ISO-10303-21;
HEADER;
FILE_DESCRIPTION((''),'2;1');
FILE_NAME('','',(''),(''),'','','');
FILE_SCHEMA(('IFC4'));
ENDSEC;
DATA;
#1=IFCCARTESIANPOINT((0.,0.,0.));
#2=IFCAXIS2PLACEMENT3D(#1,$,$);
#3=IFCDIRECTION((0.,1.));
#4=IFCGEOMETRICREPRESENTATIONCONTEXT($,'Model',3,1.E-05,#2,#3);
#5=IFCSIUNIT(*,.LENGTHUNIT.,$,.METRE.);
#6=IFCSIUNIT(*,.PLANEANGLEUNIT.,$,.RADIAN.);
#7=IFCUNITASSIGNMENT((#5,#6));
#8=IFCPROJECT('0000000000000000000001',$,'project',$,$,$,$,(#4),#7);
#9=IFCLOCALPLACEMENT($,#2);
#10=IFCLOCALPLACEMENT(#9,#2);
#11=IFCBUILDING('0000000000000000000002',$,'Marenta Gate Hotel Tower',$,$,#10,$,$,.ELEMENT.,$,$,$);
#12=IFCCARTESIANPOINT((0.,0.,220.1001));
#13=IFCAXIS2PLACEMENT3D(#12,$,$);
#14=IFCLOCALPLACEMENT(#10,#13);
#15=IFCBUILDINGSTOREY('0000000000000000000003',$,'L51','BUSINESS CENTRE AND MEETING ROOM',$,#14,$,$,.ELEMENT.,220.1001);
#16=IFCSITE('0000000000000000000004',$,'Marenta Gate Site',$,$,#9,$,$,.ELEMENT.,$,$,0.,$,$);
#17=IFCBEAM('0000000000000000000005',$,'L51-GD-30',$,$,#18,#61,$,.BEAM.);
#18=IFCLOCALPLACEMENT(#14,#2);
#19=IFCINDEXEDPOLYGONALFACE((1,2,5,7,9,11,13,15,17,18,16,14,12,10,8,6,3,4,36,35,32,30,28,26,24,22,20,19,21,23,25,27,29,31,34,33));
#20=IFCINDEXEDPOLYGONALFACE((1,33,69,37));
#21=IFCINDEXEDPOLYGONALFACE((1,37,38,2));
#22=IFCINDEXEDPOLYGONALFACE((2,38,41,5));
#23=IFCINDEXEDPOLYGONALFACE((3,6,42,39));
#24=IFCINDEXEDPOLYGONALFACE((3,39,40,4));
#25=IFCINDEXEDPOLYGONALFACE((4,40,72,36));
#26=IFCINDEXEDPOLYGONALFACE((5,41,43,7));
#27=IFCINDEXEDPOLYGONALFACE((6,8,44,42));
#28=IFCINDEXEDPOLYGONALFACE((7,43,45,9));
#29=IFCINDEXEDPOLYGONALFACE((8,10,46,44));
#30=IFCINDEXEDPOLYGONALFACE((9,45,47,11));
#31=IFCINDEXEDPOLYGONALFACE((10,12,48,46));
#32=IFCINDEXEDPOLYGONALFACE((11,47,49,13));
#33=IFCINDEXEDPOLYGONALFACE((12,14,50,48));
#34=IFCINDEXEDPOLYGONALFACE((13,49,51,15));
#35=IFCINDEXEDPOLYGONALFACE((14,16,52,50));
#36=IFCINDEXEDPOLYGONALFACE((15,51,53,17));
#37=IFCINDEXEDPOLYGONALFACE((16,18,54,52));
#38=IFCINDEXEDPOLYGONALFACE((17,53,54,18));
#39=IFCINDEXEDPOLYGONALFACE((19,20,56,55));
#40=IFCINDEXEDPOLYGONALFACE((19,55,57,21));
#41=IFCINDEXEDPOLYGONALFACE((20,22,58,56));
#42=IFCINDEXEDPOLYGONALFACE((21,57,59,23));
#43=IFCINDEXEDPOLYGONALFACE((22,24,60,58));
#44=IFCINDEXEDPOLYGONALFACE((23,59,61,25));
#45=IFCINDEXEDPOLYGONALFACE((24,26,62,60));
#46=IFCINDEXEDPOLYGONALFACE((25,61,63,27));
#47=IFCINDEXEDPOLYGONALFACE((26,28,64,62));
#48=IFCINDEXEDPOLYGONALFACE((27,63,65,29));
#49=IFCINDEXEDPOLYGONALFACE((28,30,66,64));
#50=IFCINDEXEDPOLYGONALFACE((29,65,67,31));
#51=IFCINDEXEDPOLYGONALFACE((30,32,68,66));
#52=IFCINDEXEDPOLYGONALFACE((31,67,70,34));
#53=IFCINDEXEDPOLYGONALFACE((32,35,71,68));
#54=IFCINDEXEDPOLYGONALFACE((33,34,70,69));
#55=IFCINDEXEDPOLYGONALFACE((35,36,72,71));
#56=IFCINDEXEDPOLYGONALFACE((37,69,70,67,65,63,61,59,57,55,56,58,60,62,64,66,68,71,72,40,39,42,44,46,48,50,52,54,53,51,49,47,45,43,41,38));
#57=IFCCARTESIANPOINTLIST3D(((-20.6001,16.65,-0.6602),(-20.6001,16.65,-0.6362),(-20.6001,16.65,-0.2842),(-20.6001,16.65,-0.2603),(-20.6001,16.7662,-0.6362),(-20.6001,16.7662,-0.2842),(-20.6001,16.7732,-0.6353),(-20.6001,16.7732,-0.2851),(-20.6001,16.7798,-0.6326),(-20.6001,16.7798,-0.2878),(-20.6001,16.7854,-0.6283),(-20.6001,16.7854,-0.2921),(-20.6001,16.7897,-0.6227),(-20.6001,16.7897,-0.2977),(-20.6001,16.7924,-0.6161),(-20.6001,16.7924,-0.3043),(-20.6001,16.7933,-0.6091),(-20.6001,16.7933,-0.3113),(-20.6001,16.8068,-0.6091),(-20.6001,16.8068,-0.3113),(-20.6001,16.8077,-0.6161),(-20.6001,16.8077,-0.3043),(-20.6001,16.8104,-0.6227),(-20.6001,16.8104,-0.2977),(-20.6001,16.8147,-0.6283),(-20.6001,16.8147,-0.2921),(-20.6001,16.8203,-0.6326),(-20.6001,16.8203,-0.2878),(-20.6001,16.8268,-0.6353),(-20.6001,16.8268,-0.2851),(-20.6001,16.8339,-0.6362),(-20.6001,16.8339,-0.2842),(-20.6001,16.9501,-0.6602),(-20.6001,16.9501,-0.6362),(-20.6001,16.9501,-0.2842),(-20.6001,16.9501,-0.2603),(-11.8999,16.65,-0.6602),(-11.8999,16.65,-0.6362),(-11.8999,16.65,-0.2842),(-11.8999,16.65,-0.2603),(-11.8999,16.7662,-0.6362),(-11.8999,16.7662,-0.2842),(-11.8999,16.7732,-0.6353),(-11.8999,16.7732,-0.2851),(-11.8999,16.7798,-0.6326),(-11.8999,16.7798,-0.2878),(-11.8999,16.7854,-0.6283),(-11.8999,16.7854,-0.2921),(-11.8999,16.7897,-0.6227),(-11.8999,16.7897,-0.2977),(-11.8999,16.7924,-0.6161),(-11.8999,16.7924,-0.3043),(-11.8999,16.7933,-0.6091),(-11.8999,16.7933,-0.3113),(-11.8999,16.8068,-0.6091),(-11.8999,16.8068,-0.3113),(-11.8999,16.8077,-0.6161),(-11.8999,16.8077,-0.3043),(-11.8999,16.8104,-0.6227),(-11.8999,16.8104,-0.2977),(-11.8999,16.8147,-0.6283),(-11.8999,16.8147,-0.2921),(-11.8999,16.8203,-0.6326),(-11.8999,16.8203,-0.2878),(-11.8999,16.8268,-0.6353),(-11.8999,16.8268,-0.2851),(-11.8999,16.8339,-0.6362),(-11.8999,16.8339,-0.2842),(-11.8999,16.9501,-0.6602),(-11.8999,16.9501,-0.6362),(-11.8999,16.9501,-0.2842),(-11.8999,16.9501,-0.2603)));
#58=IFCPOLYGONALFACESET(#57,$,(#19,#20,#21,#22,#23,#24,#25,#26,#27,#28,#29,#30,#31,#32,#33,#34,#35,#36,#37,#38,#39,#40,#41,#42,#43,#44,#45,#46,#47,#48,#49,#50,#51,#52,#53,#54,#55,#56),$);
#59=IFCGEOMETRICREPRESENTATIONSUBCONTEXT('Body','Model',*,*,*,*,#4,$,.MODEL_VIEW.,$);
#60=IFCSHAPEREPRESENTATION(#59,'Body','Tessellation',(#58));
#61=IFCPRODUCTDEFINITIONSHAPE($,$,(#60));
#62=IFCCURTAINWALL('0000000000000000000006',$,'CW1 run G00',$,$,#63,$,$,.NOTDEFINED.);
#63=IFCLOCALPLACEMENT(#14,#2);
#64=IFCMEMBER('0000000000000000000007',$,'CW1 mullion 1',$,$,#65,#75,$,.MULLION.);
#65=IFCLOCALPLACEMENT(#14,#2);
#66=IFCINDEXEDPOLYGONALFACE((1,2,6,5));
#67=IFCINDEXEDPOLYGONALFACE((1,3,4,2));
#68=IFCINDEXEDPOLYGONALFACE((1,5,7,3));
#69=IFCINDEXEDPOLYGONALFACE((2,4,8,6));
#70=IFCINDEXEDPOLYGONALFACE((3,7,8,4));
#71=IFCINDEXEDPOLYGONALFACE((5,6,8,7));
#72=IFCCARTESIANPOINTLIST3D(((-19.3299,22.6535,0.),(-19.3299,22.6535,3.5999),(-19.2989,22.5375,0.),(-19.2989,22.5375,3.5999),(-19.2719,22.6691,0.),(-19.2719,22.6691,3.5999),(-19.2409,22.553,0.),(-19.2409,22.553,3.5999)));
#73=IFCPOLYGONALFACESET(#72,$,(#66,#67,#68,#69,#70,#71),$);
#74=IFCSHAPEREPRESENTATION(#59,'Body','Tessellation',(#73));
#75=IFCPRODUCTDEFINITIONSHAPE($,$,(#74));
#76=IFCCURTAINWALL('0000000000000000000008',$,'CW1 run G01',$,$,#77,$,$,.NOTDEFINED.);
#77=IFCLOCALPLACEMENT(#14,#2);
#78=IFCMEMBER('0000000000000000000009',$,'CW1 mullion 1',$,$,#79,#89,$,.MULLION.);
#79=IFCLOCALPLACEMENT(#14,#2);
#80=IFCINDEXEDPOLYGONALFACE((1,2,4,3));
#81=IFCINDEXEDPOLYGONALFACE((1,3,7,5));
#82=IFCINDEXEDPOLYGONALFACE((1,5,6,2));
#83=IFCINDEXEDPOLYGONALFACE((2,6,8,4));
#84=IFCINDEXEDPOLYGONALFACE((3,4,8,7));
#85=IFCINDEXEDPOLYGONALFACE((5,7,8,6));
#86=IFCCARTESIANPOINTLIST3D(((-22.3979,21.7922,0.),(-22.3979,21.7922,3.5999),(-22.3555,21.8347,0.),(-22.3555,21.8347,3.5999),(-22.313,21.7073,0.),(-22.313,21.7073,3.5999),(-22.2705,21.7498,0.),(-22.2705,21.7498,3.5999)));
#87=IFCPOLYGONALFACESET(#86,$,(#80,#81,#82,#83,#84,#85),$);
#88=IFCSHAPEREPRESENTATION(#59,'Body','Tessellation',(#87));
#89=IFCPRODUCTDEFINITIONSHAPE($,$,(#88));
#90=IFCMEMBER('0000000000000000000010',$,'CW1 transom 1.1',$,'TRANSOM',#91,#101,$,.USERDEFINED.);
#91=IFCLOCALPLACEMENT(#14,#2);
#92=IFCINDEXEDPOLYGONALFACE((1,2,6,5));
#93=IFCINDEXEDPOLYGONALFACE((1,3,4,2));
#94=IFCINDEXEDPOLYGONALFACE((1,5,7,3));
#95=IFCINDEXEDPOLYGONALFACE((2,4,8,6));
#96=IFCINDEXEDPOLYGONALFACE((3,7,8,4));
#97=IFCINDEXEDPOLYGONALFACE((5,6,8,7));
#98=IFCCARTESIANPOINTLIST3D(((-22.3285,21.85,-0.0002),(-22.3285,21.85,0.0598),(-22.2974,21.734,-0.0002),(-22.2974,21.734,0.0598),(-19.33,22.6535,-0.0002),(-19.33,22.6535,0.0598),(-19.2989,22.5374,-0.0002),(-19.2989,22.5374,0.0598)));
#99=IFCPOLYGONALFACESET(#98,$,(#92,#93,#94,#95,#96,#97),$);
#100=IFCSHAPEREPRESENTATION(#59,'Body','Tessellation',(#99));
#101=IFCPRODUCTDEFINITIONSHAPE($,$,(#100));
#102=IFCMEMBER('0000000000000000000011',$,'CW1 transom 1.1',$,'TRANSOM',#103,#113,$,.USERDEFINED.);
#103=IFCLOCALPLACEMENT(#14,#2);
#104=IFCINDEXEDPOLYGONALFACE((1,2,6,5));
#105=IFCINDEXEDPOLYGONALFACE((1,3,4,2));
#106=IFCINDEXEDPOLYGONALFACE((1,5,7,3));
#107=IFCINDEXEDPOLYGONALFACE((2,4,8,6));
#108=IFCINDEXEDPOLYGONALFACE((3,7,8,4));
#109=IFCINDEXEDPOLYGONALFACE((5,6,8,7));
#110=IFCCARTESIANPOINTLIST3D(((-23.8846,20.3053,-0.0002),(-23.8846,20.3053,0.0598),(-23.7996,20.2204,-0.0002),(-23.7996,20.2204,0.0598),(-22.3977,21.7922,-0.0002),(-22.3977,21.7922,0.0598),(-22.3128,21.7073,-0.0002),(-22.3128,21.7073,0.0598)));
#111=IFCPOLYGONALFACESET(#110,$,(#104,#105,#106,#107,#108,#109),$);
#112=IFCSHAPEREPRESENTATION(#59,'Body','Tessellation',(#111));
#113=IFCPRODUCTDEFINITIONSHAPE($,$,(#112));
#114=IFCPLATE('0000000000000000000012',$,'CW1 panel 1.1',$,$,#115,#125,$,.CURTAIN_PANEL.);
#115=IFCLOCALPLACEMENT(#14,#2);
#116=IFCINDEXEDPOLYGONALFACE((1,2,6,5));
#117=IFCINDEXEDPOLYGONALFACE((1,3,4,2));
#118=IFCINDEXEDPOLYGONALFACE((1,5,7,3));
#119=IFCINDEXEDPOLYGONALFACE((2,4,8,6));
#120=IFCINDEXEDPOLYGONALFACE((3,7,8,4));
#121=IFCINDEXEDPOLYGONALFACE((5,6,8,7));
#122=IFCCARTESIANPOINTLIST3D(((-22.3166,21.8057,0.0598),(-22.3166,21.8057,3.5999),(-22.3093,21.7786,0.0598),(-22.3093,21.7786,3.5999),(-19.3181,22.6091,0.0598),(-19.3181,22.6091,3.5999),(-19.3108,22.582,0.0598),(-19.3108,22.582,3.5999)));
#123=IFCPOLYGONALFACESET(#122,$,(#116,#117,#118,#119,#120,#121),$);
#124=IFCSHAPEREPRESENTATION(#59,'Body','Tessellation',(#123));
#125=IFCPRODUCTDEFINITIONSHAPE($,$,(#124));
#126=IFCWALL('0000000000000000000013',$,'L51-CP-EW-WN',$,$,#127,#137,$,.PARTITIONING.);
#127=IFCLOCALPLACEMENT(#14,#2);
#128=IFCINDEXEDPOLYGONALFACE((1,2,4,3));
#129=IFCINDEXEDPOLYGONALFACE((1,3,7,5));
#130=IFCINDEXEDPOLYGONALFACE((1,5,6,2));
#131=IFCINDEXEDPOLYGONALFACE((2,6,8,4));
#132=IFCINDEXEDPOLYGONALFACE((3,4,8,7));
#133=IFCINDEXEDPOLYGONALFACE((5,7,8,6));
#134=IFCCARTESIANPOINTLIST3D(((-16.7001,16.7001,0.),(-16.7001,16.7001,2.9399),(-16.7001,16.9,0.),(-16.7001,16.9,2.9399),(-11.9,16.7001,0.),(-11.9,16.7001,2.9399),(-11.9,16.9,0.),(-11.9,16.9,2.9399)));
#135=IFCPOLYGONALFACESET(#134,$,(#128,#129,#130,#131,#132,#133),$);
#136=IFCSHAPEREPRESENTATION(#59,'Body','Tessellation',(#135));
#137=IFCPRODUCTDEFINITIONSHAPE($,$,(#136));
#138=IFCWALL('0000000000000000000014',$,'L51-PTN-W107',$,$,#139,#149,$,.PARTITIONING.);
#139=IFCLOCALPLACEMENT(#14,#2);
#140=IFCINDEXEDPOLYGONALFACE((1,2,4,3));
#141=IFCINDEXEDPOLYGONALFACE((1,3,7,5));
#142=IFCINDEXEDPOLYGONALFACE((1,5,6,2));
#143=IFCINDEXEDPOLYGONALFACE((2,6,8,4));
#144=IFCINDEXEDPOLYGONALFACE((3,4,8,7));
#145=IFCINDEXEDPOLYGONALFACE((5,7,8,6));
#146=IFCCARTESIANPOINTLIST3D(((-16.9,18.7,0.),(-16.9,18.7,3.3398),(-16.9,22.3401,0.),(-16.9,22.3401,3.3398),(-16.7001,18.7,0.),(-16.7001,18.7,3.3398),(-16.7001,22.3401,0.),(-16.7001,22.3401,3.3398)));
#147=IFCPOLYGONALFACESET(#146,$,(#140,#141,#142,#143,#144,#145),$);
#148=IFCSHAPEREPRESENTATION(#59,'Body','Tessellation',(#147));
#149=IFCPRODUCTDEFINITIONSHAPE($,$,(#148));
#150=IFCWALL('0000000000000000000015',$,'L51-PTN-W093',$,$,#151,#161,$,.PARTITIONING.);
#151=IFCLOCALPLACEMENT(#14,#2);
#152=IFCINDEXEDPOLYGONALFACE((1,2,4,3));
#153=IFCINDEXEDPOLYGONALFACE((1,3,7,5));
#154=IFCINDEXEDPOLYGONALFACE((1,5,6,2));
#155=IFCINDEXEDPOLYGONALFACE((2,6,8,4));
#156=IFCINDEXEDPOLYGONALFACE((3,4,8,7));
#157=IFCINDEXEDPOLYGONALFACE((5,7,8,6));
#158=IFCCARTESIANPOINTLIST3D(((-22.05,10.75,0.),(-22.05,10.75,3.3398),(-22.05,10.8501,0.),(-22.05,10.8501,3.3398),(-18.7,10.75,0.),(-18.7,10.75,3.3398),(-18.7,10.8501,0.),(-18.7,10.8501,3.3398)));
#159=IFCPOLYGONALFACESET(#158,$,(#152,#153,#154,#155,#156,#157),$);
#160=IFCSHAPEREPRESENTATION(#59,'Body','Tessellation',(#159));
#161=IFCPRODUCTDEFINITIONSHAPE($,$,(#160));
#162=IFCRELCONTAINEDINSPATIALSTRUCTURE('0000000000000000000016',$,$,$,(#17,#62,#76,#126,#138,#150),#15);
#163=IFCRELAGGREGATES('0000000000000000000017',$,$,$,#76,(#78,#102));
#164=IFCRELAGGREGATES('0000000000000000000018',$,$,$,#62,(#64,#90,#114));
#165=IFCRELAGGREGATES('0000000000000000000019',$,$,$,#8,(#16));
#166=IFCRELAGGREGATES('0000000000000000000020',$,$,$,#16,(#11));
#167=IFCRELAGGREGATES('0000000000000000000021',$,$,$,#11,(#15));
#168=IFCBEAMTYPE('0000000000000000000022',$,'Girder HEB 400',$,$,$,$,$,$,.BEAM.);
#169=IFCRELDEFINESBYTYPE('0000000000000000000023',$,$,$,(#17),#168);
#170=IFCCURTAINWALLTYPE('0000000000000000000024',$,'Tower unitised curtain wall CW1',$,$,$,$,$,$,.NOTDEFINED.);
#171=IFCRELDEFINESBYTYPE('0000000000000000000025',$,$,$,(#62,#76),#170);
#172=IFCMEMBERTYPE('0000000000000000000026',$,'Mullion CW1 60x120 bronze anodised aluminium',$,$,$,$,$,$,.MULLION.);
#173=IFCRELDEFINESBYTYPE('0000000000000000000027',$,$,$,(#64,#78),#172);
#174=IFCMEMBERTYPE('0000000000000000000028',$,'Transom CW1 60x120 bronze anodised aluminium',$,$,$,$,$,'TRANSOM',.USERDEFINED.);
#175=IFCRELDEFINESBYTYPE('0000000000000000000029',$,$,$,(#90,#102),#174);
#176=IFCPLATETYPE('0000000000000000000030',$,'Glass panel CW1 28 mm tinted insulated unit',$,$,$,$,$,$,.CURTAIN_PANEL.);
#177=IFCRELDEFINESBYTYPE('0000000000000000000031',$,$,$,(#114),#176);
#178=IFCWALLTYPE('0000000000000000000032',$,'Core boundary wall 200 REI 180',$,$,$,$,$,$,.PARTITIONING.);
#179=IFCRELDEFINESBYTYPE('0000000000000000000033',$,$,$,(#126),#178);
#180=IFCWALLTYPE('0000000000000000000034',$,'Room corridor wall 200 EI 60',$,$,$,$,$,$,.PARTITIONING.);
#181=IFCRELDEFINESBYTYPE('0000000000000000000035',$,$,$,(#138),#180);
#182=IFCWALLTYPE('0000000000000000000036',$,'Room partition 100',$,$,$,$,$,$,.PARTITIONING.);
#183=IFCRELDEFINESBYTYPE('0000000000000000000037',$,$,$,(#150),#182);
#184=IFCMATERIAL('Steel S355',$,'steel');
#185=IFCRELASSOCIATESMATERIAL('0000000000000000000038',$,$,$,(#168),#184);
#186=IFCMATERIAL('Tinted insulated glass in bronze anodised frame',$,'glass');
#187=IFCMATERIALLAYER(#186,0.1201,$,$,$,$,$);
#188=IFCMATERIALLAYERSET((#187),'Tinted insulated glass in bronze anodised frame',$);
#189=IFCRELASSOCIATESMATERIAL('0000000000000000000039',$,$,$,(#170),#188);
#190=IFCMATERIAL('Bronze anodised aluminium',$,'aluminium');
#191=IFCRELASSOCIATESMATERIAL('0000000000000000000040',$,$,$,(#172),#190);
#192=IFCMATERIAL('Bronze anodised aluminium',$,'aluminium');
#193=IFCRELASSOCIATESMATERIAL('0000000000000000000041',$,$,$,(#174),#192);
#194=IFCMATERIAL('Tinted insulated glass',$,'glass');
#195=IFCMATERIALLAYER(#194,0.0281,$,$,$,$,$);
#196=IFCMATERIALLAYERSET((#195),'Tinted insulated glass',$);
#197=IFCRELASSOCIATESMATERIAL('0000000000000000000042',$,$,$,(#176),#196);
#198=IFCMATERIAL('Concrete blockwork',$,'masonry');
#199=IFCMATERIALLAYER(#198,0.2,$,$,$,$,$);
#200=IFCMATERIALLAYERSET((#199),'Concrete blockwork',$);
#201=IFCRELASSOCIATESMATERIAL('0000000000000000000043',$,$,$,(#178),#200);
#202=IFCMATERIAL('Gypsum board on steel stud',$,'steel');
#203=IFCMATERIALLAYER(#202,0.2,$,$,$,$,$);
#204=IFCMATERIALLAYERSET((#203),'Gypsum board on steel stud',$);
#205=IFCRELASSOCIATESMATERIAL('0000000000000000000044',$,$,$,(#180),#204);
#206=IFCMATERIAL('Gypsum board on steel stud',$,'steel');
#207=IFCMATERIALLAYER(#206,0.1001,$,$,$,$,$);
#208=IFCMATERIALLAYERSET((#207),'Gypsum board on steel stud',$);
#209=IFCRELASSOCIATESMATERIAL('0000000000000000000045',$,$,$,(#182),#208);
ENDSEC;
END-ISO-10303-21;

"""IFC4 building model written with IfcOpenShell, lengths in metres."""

from ifc_helpers import new_model, si_unit, direction, frame, frame_2d, origin, origin_2d, place, context, subcontext, project, spatial, rectangle, i_section, extrude, material, layer, layer_set, material_profile, profile_set, type_object, element, aggregate, save


model = new_model("IFC4")

# Units and contexts
model_context = context("Model", 3, precision=1e-05, world=origin(), true_north=direction((0.0, 1.0)))
body_context = subcontext(model_context, "Body", "Model", "MODEL_VIEW")
ifc_project = project(units=[si_unit("LENGTHUNIT", "METRE"), si_unit("PLANEANGLEUNIT", "RADIAN")], contexts=[model_context])

# Site, building, storey
site_placement = place(None, origin())
site = spatial("IfcSite", under=ifc_project, at=site_placement, Name="Marenta Gate Site", CompositionType="ELEMENT", RefElevation=0.0)
building_placement = place(site_placement, origin())
building = spatial("IfcBuilding", under=site, at=building_placement, Name="Marenta Gate Hotel Tower", CompositionType="ELEMENT")
storey_placement = place(building_placement, frame((0.0, 0.0, 220.1001)))
storey = spatial("IfcBuildingStorey", under=building, at=storey_placement, Name="L51", Description="BUSINESS CENTRE AND MEETING ROOM", CompositionType="ELEMENT", Elevation=220.1001)

# Beam
ifc_material_1 = material(Name="Steel S355", Category="steel")
ifc_material_profile_1 = material_profile(ifc_material_1, i_section(OverallWidth=0.3, OverallDepth=0.3999, WebThickness=0.0134, FlangeThickness=0.0239, FilletRadius=0.0271, at=origin_2d()), Name="HEB 400")
ifc_profile_set_1 = profile_set([ifc_material_profile_1], Name="Steel S355")
beam_type_1 = type_object("IfcBeamType", Name="Girder HEB 400", PredefinedType="BEAM", material=ifc_profile_set_1)
beam_1_placement = place(storey_placement, frame((-20.6001, 16.8, -0.4602), z_axis=(1.0, 0.0, 0.0), x_axis=(0.0, 1.0, 0.0)))
element("IfcBeam", 1, at=beam_1_placement, inside=storey, type_object=beam_type_1, Name="L51-GD-30", PredefinedType="BEAM", context=body_context, shape_type="SweptSolid", body=[
    extrude(i_section(OverallWidth=0.3, OverallDepth=0.3999, WebThickness=0.0134, FlangeThickness=0.0239, FilletRadius=0.0271, at=origin_2d()), origin(), (0.0, 0.0, 1.0), 8.7002),
])

# Curtain walls, members
ifc_material_2 = material(Name="Tinted insulated glass in bronze anodised frame", Category="glass")
ifc_layer_1 = layer(ifc_material_2, 0.1201)
ifc_layer_set_1 = layer_set([ifc_layer_1], Name="Tinted insulated glass in bronze anodised frame")
curtain_wall_type = type_object("IfcCurtainWallType", Name="Tower unitised curtain wall CW1", PredefinedType="NOTDEFINED", material=ifc_layer_set_1)
curtain_wall_1_placement = place(storey_placement, origin())
curtain_wall_1 = element("IfcCurtainWall", 2, at=curtain_wall_1_placement, inside=storey, type_object=curtain_wall_type, Name="CW1 run G00", PredefinedType="NOTDEFINED")
ifc_material_3 = material(Name="Bronze anodised aluminium", Category="aluminium")
ifc_material_profile_2 = material_profile(ifc_material_3, rectangle(XDim=0.1201, YDim=0.0601, at=origin_2d()), Name="Mullion CW1 60x120 bronze anodised aluminium")
ifc_profile_set_2 = profile_set([ifc_material_profile_2], Name="Bronze anodised aluminium")
member_type_1 = type_object("IfcMemberType", Name="Mullion CW1 60x120 bronze anodised aluminium", PredefinedType="MULLION", material=ifc_profile_set_2)
member_1_placement = place(storey_placement, frame((-19.2854, 22.6033, 0.0), z_axis=(0.0, 0.0, 1.0), x_axis=(0.258801, -0.965931, 0.0)))
member_1 = element("IfcMember", 3, at=member_1_placement, type_object=member_type_1, Name="CW1 mullion 1", PredefinedType="MULLION", context=body_context, shape_type="SweptSolid", body=[
    extrude(rectangle(XDim=0.1201, YDim=0.0601, at=origin_2d()), origin(), (0.0, 0.0, 1.0), 3.5999),
])
curtain_wall_2_placement = place(storey_placement, origin())
curtain_wall_2 = element("IfcCurtainWall", 4, at=curtain_wall_2_placement, inside=storey, type_object=curtain_wall_type, Name="CW1 run G01", PredefinedType="NOTDEFINED")
member_2_placement = place(storey_placement, frame((-22.3342, 21.771, 0.0), z_axis=(0.0, 0.0, 1.0), x_axis=(0.707107, -0.707107, 0.0)))
member_2 = element("IfcMember", 5, at=member_2_placement, type_object=member_type_1, Name="CW1 mullion 1", PredefinedType="MULLION", context=body_context, shape_type="SweptSolid", body=[
    extrude(rectangle(XDim=0.1201, YDim=0.0601, at=origin_2d()), origin(), (0.0, 0.0, 1.0), 3.5999),
])

# Members
ifc_material_4 = material(Name="Bronze anodised aluminium", Category="aluminium")
ifc_material_profile_3 = material_profile(ifc_material_4, rectangle(XDim=0.1201, YDim=0.0601, at=origin_2d()), Name="Transom CW1 60x120 bronze anodised aluminium")
ifc_profile_set_3 = profile_set([ifc_material_profile_3], Name="Bronze anodised aluminium")
member_type_2 = type_object("IfcMemberType", Name="Transom CW1 60x120 bronze anodised aluminium", ElementType="TRANSOM", PredefinedType="USERDEFINED", material=ifc_profile_set_3)
member_3_placement = place(storey_placement, frame((-19.3145, 22.5955, 0.0298), z_axis=(-0.965925, -0.258823, 0.0), x_axis=(0.258823, -0.965925, 0.0)))
member_3 = element("IfcMember", 6, at=member_3_placement, type_object=member_type_2, Name="CW1 transom 1.1", ObjectType="TRANSOM", PredefinedType="USERDEFINED", context=body_context, shape_type="SweptSolid", body=[
    extrude(rectangle(XDim=0.1201, YDim=0.0601, at=origin_2d()), origin(), (0.0, 0.0, 1.0), 3.1042),
])
member_4_placement = place(storey_placement, frame((-22.3552, 21.7498, 0.0298), z_axis=(-0.707107, -0.707107, 0.0), x_axis=(0.707107, -0.707107, 0.0)))
member_4 = element("IfcMember", 7, at=member_4_placement, type_object=member_type_2, Name="CW1 transom 1.1", ObjectType="TRANSOM", PredefinedType="USERDEFINED", context=body_context, shape_type="SweptSolid", body=[
    extrude(rectangle(XDim=0.1201, YDim=0.0601, at=origin_2d()), origin(), (0.0, 0.0, 1.0), 2.1028),
])
aggregate(curtain_wall_2, [member_2, member_4])

# Plate
ifc_material_5 = material(Name="Tinted insulated glass", Category="glass")
ifc_layer_2 = layer(ifc_material_5, 0.0281)
ifc_layer_set_2 = layer_set([ifc_layer_2], Name="Tinted insulated glass")
plate_type = type_object("IfcPlateType", Name="Glass panel CW1 28 mm tinted insulated unit", PredefinedType="CURTAIN_PANEL", material=ifc_layer_set_2)
plate_placement = place(storey_placement, frame((-20.8137, 22.1938, 0.0598), z_axis=(0.0, 0.0, 1.0), x_axis=(-0.965931, -0.258801, 0.0)))
plate = element("IfcPlate", 8, at=plate_placement, type_object=plate_type, Name="CW1 panel 1.1", PredefinedType="CURTAIN_PANEL", context=body_context, shape_type="SweptSolid", body=[
    extrude(rectangle(XDim=3.1042, YDim=0.0281, at=origin_2d()), origin(), (0.0, 0.0, 1.0), 3.54),
])
aggregate(curtain_wall_1, [member_1, member_3, plate])

# Walls
ifc_material_6 = material(Name="Concrete blockwork", Category="masonry")
ifc_layer_3 = layer(ifc_material_6, 0.2)
ifc_layer_set_3 = layer_set([ifc_layer_3], Name="Concrete blockwork")
wall_type_1 = type_object("IfcWallType", Name="Core boundary wall 200 REI 180", PredefinedType="PARTITIONING", material=ifc_layer_set_3)
wall_1_placement = place(storey_placement, frame((-16.7, 16.8, 0.0), z_axis=(0.0, 0.0, 1.0), x_axis=(1.0, 0.0, 0.0)))
element("IfcWall", 9, at=wall_1_placement, inside=storey, type_object=wall_type_1, Name="L51-CP-EW-WN", PredefinedType="PARTITIONING", context=body_context, shape_type="SweptSolid", body=[
    extrude(rectangle(XDim=4.8, YDim=0.2, at=frame_2d((2.3999, 0.0))), origin(), (0.0, 0.0, 1.0), 2.9399),
])
ifc_material_7 = material(Name="Gypsum board on steel stud", Category="steel")
ifc_layer_4 = layer(ifc_material_7, 0.2)
ifc_layer_set_4 = layer_set([ifc_layer_4], Name="Gypsum board on steel stud")
wall_type_2 = type_object("IfcWallType", Name="Room corridor wall 200 EI 60", PredefinedType="PARTITIONING", material=ifc_layer_set_4)
wall_2_placement = place(storey_placement, frame((-16.8, 18.7, 0.0), z_axis=(0.0, 0.0, 1.0), x_axis=(0.0, 1.0, 0.0)))
element("IfcWall", 10, at=wall_2_placement, inside=storey, type_object=wall_type_2, Name="L51-PTN-W107", PredefinedType="PARTITIONING", context=body_context, shape_type="SweptSolid", body=[
    extrude(rectangle(XDim=3.6401, YDim=0.2, at=frame_2d((1.8201, 0.0))), origin(), (0.0, 0.0, 1.0), 3.3398),
])

# Wall
ifc_material_8 = material(Name="Gypsum board on steel stud", Category="steel")
ifc_layer_5 = layer(ifc_material_8, 0.1001)
ifc_layer_set_5 = layer_set([ifc_layer_5], Name="Gypsum board on steel stud")
wall_type_3 = type_object("IfcWallType", Name="Room partition 100", PredefinedType="PARTITIONING", material=ifc_layer_set_5)
wall_3_placement = place(storey_placement, frame((-22.05, 10.8, 0.0), z_axis=(0.0, 0.0, 1.0), x_axis=(1.0, 0.0, 0.0)))
element("IfcWall", 11, at=wall_3_placement, inside=storey, type_object=wall_type_3, Name="L51-PTN-W093", PredefinedType="PARTITIONING", context=body_context, shape_type="SweptSolid", body=[
    extrude(rectangle(XDim=3.3501, YDim=0.1001, at=frame_2d((1.675, 0.0))), origin(), (0.0, 0.0, 1.0), 3.3398),
])

save(model, "model.ifc")
